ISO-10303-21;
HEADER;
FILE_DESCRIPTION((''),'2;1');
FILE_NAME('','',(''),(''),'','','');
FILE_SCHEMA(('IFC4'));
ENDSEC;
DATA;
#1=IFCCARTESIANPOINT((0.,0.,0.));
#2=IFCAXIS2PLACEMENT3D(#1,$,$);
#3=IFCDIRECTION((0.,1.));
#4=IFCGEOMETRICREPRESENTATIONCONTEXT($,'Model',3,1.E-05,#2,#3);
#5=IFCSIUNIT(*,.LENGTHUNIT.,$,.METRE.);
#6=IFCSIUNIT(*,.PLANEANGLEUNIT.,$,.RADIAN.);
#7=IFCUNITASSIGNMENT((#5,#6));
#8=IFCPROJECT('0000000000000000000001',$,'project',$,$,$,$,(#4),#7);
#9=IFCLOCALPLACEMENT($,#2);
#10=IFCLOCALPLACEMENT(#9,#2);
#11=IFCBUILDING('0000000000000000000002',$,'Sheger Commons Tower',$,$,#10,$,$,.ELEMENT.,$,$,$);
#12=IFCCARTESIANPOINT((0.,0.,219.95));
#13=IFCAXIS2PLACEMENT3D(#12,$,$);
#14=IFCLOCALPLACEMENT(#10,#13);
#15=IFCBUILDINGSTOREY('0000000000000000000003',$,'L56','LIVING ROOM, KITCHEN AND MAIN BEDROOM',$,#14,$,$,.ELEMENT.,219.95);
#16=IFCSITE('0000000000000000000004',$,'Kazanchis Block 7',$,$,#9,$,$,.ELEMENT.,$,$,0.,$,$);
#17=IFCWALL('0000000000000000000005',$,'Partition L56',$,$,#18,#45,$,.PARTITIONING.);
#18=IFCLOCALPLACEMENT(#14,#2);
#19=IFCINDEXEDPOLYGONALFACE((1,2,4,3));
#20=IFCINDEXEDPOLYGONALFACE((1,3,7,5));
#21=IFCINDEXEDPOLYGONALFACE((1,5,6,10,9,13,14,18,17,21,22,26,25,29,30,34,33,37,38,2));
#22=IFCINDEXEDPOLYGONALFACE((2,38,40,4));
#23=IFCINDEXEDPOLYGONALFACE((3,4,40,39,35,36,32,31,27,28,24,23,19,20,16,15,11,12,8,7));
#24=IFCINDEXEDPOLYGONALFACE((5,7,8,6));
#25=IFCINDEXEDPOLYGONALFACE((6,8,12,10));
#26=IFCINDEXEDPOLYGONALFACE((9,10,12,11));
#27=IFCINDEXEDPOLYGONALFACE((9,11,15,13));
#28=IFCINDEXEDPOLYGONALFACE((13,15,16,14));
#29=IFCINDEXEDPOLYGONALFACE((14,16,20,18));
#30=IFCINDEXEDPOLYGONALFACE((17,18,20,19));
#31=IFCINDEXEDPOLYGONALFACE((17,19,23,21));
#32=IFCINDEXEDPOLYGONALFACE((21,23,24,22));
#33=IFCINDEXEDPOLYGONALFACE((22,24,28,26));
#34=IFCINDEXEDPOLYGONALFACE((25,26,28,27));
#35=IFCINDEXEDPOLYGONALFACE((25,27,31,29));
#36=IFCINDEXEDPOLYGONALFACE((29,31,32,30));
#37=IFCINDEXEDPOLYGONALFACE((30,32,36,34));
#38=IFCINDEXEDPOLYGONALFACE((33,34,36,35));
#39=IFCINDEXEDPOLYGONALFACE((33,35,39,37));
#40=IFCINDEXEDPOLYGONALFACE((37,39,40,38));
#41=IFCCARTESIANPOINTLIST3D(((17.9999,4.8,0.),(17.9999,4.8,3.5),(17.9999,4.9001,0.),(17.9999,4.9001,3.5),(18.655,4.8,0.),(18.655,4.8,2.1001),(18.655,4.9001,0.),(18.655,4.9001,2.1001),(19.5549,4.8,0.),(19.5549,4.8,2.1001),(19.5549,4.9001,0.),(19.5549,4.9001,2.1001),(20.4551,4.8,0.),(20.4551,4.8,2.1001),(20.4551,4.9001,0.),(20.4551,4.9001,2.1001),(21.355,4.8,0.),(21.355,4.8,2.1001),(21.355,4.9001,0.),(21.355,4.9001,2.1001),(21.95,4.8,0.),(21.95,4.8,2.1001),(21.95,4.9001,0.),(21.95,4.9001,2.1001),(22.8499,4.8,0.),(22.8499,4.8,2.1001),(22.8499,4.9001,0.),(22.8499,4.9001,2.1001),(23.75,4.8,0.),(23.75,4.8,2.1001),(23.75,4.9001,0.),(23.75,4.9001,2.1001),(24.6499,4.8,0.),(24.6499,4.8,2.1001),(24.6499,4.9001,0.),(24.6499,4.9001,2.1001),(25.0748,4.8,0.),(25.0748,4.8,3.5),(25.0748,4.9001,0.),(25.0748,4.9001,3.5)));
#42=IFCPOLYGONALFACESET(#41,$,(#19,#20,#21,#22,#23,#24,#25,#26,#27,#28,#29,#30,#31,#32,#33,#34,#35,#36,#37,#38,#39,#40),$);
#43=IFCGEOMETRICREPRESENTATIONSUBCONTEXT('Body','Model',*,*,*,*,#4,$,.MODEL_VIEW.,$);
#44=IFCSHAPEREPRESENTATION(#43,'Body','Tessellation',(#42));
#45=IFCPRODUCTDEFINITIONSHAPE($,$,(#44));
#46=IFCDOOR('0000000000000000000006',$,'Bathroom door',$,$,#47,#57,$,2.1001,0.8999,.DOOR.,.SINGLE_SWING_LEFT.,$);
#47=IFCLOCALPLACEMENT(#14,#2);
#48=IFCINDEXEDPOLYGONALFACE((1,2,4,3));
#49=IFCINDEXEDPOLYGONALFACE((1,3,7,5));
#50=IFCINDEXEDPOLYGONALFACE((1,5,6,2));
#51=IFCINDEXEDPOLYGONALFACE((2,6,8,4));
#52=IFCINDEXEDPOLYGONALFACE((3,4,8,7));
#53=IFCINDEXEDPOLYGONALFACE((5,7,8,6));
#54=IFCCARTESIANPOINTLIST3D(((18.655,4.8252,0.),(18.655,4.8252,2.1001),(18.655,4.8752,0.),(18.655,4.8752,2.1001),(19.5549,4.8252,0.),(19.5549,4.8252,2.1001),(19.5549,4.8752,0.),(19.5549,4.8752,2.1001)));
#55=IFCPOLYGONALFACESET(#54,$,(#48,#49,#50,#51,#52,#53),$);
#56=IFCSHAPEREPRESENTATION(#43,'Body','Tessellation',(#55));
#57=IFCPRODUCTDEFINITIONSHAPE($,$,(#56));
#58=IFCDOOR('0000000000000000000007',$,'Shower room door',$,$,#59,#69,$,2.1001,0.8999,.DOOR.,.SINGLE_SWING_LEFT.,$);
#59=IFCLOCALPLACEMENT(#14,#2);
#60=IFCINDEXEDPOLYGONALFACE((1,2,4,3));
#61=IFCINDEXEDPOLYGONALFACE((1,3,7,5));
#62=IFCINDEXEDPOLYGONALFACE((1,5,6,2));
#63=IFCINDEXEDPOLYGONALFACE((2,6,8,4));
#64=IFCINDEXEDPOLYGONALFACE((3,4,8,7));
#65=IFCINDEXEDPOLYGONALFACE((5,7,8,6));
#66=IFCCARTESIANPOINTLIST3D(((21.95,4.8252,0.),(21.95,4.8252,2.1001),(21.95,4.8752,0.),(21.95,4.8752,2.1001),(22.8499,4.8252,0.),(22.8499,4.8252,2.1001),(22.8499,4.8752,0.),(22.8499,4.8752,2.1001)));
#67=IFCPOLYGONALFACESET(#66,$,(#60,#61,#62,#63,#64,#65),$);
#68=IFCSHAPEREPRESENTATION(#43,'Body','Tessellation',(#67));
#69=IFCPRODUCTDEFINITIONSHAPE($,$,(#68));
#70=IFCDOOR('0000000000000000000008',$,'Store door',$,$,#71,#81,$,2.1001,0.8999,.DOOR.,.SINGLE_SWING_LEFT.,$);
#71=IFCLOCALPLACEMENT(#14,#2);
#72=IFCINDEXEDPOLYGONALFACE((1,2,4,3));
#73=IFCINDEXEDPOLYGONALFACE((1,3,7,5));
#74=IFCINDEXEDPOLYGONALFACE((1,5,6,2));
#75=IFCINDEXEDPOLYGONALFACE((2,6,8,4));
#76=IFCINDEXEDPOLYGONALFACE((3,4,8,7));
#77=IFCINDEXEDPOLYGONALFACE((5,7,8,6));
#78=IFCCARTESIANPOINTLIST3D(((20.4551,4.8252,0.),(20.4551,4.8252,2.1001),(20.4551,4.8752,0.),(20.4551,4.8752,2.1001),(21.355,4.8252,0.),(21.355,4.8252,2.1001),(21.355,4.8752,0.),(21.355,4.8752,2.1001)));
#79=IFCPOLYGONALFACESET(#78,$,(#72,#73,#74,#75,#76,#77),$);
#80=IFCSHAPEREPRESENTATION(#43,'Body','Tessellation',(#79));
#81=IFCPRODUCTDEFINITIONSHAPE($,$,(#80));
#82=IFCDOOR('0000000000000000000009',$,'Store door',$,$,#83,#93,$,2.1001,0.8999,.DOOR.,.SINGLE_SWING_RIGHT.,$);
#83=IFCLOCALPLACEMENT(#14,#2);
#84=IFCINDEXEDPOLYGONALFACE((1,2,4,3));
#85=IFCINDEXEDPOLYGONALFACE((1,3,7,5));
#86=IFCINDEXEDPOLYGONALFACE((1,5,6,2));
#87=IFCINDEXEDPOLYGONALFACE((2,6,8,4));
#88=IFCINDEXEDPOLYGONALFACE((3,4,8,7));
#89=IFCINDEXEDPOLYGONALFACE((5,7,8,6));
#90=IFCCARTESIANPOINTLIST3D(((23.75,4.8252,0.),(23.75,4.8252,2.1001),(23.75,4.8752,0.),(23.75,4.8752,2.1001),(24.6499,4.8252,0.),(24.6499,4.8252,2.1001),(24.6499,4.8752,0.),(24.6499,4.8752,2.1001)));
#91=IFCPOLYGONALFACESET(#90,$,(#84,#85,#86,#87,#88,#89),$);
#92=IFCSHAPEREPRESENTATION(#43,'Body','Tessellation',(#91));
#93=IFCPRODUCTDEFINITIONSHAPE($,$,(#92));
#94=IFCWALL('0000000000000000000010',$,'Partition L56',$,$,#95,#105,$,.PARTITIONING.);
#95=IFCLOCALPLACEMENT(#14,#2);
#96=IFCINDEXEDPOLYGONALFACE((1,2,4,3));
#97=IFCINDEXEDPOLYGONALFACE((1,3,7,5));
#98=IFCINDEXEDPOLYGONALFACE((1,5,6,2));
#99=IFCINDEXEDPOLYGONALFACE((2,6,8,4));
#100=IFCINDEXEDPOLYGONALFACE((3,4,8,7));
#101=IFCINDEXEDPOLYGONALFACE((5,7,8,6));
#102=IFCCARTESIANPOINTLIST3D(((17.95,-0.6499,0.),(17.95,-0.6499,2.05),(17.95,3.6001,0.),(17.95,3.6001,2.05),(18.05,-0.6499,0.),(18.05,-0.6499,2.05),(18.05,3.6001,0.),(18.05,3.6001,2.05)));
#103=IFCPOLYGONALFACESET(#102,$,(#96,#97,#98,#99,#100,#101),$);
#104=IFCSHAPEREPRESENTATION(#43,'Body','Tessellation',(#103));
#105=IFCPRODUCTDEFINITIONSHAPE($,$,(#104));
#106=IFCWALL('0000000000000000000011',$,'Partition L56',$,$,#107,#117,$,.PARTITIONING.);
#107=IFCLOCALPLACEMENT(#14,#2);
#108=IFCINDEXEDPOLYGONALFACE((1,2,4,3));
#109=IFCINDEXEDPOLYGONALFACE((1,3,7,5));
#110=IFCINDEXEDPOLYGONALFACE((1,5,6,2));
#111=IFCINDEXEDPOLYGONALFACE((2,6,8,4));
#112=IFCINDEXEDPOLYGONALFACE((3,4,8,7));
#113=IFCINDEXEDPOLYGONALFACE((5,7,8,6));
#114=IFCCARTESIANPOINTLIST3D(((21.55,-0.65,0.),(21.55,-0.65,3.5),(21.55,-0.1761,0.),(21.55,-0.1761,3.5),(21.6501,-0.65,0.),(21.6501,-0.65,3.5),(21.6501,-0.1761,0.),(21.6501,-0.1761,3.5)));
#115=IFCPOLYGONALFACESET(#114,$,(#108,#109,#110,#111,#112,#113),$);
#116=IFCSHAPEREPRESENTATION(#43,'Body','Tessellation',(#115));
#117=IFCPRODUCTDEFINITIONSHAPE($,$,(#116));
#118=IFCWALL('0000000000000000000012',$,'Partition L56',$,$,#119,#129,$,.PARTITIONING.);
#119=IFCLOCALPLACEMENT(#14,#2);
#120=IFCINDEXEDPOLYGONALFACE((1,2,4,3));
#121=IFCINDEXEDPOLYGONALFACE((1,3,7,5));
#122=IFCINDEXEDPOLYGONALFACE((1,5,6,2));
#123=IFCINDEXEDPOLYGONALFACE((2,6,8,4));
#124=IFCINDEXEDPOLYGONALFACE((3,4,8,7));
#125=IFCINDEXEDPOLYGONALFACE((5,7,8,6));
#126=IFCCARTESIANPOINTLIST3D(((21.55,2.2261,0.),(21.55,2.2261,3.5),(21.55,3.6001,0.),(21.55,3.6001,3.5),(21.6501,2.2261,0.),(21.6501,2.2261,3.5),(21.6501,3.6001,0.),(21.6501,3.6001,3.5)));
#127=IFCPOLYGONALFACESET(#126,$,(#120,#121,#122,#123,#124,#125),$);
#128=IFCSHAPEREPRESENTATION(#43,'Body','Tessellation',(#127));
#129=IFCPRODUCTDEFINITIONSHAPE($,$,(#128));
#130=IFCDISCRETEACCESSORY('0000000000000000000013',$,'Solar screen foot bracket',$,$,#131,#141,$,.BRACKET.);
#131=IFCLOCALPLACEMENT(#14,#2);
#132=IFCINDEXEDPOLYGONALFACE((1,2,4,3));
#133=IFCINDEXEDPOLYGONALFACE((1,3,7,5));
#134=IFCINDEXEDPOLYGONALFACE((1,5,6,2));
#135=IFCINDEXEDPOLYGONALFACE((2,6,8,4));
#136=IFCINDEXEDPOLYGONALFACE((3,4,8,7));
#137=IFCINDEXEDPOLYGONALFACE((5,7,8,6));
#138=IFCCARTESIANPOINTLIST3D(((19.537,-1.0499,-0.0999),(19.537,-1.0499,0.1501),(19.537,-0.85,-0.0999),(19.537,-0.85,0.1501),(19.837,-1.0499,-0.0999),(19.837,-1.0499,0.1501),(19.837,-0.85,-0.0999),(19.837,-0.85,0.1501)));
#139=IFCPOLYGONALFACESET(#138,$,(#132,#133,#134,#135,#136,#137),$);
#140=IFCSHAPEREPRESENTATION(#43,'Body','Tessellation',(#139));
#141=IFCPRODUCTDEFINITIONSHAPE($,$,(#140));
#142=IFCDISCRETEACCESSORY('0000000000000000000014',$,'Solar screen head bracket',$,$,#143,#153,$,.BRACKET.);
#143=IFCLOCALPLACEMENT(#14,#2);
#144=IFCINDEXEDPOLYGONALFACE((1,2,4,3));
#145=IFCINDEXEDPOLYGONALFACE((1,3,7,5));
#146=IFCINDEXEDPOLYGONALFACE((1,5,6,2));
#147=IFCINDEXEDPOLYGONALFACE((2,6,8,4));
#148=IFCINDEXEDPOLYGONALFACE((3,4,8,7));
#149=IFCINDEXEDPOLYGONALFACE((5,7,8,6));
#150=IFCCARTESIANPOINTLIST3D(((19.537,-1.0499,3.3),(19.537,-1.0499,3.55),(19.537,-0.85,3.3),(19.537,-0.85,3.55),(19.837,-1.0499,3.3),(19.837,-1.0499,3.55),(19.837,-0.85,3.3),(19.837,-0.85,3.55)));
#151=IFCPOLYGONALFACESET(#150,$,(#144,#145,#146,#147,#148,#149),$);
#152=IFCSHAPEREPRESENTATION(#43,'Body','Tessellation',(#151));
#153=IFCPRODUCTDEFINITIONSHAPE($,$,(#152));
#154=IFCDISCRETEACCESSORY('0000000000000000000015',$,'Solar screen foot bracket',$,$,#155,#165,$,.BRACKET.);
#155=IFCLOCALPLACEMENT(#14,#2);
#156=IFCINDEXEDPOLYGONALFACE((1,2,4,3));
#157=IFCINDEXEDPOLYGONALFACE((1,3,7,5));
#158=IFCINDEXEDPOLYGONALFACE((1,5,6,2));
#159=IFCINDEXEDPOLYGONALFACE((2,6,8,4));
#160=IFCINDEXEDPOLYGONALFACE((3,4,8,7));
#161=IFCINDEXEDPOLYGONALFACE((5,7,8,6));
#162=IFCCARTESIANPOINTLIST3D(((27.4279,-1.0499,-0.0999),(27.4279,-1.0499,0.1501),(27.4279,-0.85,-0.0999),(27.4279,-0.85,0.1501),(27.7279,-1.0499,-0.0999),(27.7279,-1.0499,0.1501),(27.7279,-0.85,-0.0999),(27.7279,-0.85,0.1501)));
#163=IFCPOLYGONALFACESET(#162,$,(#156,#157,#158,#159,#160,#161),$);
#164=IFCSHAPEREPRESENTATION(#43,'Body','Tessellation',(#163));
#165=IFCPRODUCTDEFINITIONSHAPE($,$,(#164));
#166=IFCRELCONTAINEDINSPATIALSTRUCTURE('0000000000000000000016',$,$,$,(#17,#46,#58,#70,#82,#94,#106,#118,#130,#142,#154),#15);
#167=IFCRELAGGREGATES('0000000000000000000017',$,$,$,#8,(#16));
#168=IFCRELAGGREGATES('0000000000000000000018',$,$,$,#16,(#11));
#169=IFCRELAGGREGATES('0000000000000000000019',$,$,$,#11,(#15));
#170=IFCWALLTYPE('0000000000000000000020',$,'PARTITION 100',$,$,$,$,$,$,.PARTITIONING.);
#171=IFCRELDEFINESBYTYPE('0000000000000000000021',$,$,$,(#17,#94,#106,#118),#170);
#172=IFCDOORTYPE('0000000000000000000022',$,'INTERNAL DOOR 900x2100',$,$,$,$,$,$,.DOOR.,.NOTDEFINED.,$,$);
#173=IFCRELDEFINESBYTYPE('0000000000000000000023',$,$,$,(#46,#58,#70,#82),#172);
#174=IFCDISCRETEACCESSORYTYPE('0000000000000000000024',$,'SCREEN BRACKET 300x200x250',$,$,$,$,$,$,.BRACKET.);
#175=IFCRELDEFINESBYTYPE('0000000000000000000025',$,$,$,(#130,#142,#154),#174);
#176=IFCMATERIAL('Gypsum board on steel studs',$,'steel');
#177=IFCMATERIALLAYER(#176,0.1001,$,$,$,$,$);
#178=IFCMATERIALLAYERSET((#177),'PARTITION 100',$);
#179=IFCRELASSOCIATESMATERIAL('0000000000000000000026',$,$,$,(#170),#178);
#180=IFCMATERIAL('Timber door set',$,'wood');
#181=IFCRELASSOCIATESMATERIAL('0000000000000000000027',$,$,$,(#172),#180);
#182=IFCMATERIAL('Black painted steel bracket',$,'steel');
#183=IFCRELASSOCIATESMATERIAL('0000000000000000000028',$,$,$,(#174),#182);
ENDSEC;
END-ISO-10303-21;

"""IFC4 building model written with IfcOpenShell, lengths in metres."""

from ifc_helpers import new_model, si_unit, direction, frame, frame_2d, origin, origin_2d, place, context, subcontext, project, spatial, rectangle, extrude, material, layer, layer_set, type_object, element, fill, save


model = new_model("IFC4")

# Units and contexts
model_context = context("Model", 3, precision=1e-05, world=origin(), true_north=direction((0.0, 1.0)))
body_context = subcontext(model_context, "Body", "Model", "MODEL_VIEW")
ifc_project = project(units=[si_unit("LENGTHUNIT", "METRE"), si_unit("PLANEANGLEUNIT", "RADIAN")], contexts=[model_context])

# Site, building, storey
site_placement = place(None, origin())
site = spatial("IfcSite", under=ifc_project, at=site_placement, Name="Kazanchis Block 7", CompositionType="ELEMENT", RefElevation=0.0)
building_placement = place(site_placement, origin())
building = spatial("IfcBuilding", under=site, at=building_placement, Name="Sheger Commons Tower", CompositionType="ELEMENT")
storey_placement = place(building_placement, frame((0.0, 0.0, 219.95)))
storey = spatial("IfcBuildingStorey", under=building, at=storey_placement, Name="L56", Description="LIVING ROOM, KITCHEN AND MAIN BEDROOM", CompositionType="ELEMENT", Elevation=219.95)

# Wall, openings, doors
ifc_material_1 = material(Name="Gypsum board on steel studs", Category="steel")
ifc_layer_1 = layer(ifc_material_1, 0.1001)
ifc_layer_set_1 = layer_set([ifc_layer_1], Name="PARTITION 100")
wall_type_1 = type_object("IfcWallType", Name="PARTITION 100", PredefinedType="PARTITIONING", material=ifc_layer_set_1)
ifc_material_2 = material(Name="Timber door set", Category="wood")
door_type = type_object("IfcDoorType", Name="INTERNAL DOOR 900x2100", OperationType="NOTDEFINED", PredefinedType="DOOR", material=ifc_material_2)
wall_1_placement = place(storey_placement, frame((25.075, 4.8501, 0.0), z_axis=(0.0, 0.0, 1.0), x_axis=(-1.0, 0.0, 0.0)))
wall_1 = element("IfcWall", 1, at=wall_1_placement, inside=storey, type_object=wall_type_1, Name="Partition L56", PredefinedType="PARTITIONING", context=body_context, shape_type="SweptSolid", body=[
    extrude(rectangle(XDim=7.075, YDim=0.1001, at=frame_2d((3.5376, 0.0))), origin(), (0.0, 0.0, 1.0), 3.5),
])
opening_1_placement = place(wall_1_placement, frame((5.52, 0.0, 0.0)))
opening_1 = element("IfcOpeningElement", 2, at=opening_1_placement, cuts=wall_1, PredefinedType="OPENING", context=body_context, shape_type="SweptSolid", body=[
    extrude(rectangle(XDim=0.8999, YDim=2.1001, at=frame_2d((0.45, 1.05))), frame((0.0, 0.0601, 0.0), z_axis=(0.0, -1.0, 0.0), x_axis=(1.0, 0.0, 0.0)), (0.0, 0.0, 1.0), 0.1201),
])
opening_2_placement = place(wall_1_placement, frame((2.2251, 0.0, 0.0)))
opening_2 = element("IfcOpeningElement", 3, at=opening_2_placement, cuts=wall_1, PredefinedType="OPENING", context=body_context, shape_type="SweptSolid", body=[
    extrude(rectangle(XDim=0.8999, YDim=2.1001, at=frame_2d((0.45, 1.05))), frame((0.0, 0.0601, 0.0), z_axis=(0.0, -1.0, 0.0), x_axis=(1.0, 0.0, 0.0)), (0.0, 0.0, 1.0), 0.1201),
])
opening_3_placement = place(wall_1_placement, frame((3.72, 0.0, 0.0)))
opening_3 = element("IfcOpeningElement", 4, at=opening_3_placement, cuts=wall_1, PredefinedType="OPENING", context=body_context, shape_type="SweptSolid", body=[
    extrude(rectangle(XDim=0.8999, YDim=2.1001, at=frame_2d((0.45, 1.05))), frame((0.0, 0.0601, 0.0), z_axis=(0.0, -1.0, 0.0), x_axis=(1.0, 0.0, 0.0)), (0.0, 0.0, 1.0), 0.1201),
])
opening_4_placement = place(wall_1_placement, frame((0.425, 0.0, 0.0)))
opening_4 = element("IfcOpeningElement", 5, at=opening_4_placement, cuts=wall_1, PredefinedType="OPENING", context=body_context, shape_type="SweptSolid", body=[
    extrude(rectangle(XDim=0.8999, YDim=2.1001, at=frame_2d((0.45, 1.05))), frame((0.0, 0.0601, 0.0), z_axis=(0.0, -1.0, 0.0), x_axis=(1.0, 0.0, 0.0)), (0.0, 0.0, 1.0), 0.1201),
])
door_1_placement = place(opening_1_placement, origin())
door_1 = element("IfcDoor", 6, at=door_1_placement, inside=storey, type_object=door_type, Name="Bathroom door", OperationType="SINGLE_SWING_LEFT", OverallHeight=2.1001, OverallWidth=0.8999, PredefinedType="DOOR", context=body_context, shape_type="SweptSolid", body=[
    extrude(rectangle(XDim=0.8999, YDim=2.1001, at=frame_2d((0.45, 1.05))), frame((0.0, 0.0249, 0.0), z_axis=(0.0, -1.0, 0.0), x_axis=(1.0, 0.0, 0.0)), (0.0, 0.0, 1.0), 0.05),
])
fill(opening_1, door_1)
door_2_placement = place(opening_2_placement, origin())
door_2 = element("IfcDoor", 7, at=door_2_placement, inside=storey, type_object=door_type, Name="Shower room door", OperationType="SINGLE_SWING_LEFT", OverallHeight=2.1001, OverallWidth=0.8999, PredefinedType="DOOR", context=body_context, shape_type="SweptSolid", body=[
    extrude(rectangle(XDim=0.8999, YDim=2.1001, at=frame_2d((0.45, 1.05))), frame((0.0, 0.0249, 0.0), z_axis=(0.0, -1.0, 0.0), x_axis=(1.0, 0.0, 0.0)), (0.0, 0.0, 1.0), 0.05),
])
fill(opening_2, door_2)
door_3_placement = place(opening_3_placement, origin())
door_3 = element("IfcDoor", 8, at=door_3_placement, inside=storey, type_object=door_type, Name="Store door", OperationType="SINGLE_SWING_LEFT", OverallHeight=2.1001, OverallWidth=0.8999, PredefinedType="DOOR", context=body_context, shape_type="SweptSolid", body=[
    extrude(rectangle(XDim=0.8999, YDim=2.1001, at=frame_2d((0.45, 1.05))), frame((0.0, 0.0249, 0.0), z_axis=(0.0, -1.0, 0.0), x_axis=(1.0, 0.0, 0.0)), (0.0, 0.0, 1.0), 0.05),
])
fill(opening_3, door_3)
door_4_placement = place(opening_4_placement, origin())
door_4 = element("IfcDoor", 9, at=door_4_placement, inside=storey, type_object=door_type, Name="Store door", OperationType="SINGLE_SWING_RIGHT", OverallHeight=2.1001, OverallWidth=0.8999, PredefinedType="DOOR", context=body_context, shape_type="SweptSolid", body=[
    extrude(rectangle(XDim=0.8999, YDim=2.1001, at=frame_2d((0.45, 1.05))), frame((0.0, 0.0249, 0.0), z_axis=(0.0, -1.0, 0.0), x_axis=(1.0, 0.0, 0.0)), (0.0, 0.0, 1.0), 0.05),
])
fill(opening_4, door_4)

# Walls
wall_2_placement = place(storey_placement, frame((18.0, -0.6499, 0.0), z_axis=(0.0, 0.0, 1.0), x_axis=(0.0, 1.0, 0.0)))
element("IfcWall", 10, at=wall_2_placement, inside=storey, type_object=wall_type_1, Name="Partition L56", PredefinedType="PARTITIONING", context=body_context, shape_type="SweptSolid", body=[
    extrude(rectangle(XDim=4.25, YDim=0.1001, at=frame_2d((2.125, 0.0))), origin(), (0.0, 0.0, 1.0), 2.05),
])
wall_3_placement = place(storey_placement, frame((21.6001, -0.6499, 0.0), z_axis=(0.0, 0.0, 1.0), x_axis=(0.0, 1.0, 0.0)))
element("IfcWall", 11, at=wall_3_placement, inside=storey, type_object=wall_type_1, Name="Partition L56", PredefinedType="PARTITIONING", context=body_context, shape_type="SweptSolid", body=[
    extrude(rectangle(XDim=0.4739, YDim=0.1001, at=frame_2d((0.2368, 0.0))), origin(), (0.0, 0.0, 1.0), 3.5),
])
wall_4_placement = place(storey_placement, frame((21.6001, 2.2261, 0.0), z_axis=(0.0, 0.0, 1.0), x_axis=(0.0, 1.0, 0.0)))
element("IfcWall", 12, at=wall_4_placement, inside=storey, type_object=wall_type_1, Name="Partition L56", PredefinedType="PARTITIONING", context=body_context, shape_type="SweptSolid", body=[
    extrude(rectangle(XDim=1.374, YDim=0.1001, at=frame_2d((0.687, 0.0))), origin(), (0.0, 0.0, 1.0), 3.5),
])

# Discrete accessories
ifc_material_3 = material(Name="Black painted steel bracket", Category="steel")
discrete_accessory_type = type_object("IfcDiscreteAccessoryType", Name="SCREEN BRACKET 300x200x250", PredefinedType="BRACKET", material=ifc_material_3)
for number, where, z_axis, x_axis, name in (
    (13, (19.687, -0.95, -0.0999), (0.0, 0.0, 1.0), (1.0, 0.0, 0.0), "Solar screen foot bracket"),
    (14, (19.687, -0.95, 3.3), (0.0, 0.0, 1.0), (1.0, 0.0, 0.0), "Solar screen head bracket"),
    (15, (27.5779, -0.95, -0.0999), (0.0, 0.0, 1.0), (1.0, 0.0, 0.0), "Solar screen foot bracket"),
):
    element("IfcDiscreteAccessory", number, at=place(storey_placement, frame(where, z_axis=z_axis, x_axis=x_axis)), inside=storey, type_object=discrete_accessory_type, Name=name, PredefinedType="BRACKET", context=body_context, shape_type="SweptSolid", body=[
        extrude(rectangle(XDim=0.3, YDim=0.2, at=origin_2d()), origin(), (0.0, 0.0, 1.0), 0.25),
    ])

save(model, "model.ifc")
